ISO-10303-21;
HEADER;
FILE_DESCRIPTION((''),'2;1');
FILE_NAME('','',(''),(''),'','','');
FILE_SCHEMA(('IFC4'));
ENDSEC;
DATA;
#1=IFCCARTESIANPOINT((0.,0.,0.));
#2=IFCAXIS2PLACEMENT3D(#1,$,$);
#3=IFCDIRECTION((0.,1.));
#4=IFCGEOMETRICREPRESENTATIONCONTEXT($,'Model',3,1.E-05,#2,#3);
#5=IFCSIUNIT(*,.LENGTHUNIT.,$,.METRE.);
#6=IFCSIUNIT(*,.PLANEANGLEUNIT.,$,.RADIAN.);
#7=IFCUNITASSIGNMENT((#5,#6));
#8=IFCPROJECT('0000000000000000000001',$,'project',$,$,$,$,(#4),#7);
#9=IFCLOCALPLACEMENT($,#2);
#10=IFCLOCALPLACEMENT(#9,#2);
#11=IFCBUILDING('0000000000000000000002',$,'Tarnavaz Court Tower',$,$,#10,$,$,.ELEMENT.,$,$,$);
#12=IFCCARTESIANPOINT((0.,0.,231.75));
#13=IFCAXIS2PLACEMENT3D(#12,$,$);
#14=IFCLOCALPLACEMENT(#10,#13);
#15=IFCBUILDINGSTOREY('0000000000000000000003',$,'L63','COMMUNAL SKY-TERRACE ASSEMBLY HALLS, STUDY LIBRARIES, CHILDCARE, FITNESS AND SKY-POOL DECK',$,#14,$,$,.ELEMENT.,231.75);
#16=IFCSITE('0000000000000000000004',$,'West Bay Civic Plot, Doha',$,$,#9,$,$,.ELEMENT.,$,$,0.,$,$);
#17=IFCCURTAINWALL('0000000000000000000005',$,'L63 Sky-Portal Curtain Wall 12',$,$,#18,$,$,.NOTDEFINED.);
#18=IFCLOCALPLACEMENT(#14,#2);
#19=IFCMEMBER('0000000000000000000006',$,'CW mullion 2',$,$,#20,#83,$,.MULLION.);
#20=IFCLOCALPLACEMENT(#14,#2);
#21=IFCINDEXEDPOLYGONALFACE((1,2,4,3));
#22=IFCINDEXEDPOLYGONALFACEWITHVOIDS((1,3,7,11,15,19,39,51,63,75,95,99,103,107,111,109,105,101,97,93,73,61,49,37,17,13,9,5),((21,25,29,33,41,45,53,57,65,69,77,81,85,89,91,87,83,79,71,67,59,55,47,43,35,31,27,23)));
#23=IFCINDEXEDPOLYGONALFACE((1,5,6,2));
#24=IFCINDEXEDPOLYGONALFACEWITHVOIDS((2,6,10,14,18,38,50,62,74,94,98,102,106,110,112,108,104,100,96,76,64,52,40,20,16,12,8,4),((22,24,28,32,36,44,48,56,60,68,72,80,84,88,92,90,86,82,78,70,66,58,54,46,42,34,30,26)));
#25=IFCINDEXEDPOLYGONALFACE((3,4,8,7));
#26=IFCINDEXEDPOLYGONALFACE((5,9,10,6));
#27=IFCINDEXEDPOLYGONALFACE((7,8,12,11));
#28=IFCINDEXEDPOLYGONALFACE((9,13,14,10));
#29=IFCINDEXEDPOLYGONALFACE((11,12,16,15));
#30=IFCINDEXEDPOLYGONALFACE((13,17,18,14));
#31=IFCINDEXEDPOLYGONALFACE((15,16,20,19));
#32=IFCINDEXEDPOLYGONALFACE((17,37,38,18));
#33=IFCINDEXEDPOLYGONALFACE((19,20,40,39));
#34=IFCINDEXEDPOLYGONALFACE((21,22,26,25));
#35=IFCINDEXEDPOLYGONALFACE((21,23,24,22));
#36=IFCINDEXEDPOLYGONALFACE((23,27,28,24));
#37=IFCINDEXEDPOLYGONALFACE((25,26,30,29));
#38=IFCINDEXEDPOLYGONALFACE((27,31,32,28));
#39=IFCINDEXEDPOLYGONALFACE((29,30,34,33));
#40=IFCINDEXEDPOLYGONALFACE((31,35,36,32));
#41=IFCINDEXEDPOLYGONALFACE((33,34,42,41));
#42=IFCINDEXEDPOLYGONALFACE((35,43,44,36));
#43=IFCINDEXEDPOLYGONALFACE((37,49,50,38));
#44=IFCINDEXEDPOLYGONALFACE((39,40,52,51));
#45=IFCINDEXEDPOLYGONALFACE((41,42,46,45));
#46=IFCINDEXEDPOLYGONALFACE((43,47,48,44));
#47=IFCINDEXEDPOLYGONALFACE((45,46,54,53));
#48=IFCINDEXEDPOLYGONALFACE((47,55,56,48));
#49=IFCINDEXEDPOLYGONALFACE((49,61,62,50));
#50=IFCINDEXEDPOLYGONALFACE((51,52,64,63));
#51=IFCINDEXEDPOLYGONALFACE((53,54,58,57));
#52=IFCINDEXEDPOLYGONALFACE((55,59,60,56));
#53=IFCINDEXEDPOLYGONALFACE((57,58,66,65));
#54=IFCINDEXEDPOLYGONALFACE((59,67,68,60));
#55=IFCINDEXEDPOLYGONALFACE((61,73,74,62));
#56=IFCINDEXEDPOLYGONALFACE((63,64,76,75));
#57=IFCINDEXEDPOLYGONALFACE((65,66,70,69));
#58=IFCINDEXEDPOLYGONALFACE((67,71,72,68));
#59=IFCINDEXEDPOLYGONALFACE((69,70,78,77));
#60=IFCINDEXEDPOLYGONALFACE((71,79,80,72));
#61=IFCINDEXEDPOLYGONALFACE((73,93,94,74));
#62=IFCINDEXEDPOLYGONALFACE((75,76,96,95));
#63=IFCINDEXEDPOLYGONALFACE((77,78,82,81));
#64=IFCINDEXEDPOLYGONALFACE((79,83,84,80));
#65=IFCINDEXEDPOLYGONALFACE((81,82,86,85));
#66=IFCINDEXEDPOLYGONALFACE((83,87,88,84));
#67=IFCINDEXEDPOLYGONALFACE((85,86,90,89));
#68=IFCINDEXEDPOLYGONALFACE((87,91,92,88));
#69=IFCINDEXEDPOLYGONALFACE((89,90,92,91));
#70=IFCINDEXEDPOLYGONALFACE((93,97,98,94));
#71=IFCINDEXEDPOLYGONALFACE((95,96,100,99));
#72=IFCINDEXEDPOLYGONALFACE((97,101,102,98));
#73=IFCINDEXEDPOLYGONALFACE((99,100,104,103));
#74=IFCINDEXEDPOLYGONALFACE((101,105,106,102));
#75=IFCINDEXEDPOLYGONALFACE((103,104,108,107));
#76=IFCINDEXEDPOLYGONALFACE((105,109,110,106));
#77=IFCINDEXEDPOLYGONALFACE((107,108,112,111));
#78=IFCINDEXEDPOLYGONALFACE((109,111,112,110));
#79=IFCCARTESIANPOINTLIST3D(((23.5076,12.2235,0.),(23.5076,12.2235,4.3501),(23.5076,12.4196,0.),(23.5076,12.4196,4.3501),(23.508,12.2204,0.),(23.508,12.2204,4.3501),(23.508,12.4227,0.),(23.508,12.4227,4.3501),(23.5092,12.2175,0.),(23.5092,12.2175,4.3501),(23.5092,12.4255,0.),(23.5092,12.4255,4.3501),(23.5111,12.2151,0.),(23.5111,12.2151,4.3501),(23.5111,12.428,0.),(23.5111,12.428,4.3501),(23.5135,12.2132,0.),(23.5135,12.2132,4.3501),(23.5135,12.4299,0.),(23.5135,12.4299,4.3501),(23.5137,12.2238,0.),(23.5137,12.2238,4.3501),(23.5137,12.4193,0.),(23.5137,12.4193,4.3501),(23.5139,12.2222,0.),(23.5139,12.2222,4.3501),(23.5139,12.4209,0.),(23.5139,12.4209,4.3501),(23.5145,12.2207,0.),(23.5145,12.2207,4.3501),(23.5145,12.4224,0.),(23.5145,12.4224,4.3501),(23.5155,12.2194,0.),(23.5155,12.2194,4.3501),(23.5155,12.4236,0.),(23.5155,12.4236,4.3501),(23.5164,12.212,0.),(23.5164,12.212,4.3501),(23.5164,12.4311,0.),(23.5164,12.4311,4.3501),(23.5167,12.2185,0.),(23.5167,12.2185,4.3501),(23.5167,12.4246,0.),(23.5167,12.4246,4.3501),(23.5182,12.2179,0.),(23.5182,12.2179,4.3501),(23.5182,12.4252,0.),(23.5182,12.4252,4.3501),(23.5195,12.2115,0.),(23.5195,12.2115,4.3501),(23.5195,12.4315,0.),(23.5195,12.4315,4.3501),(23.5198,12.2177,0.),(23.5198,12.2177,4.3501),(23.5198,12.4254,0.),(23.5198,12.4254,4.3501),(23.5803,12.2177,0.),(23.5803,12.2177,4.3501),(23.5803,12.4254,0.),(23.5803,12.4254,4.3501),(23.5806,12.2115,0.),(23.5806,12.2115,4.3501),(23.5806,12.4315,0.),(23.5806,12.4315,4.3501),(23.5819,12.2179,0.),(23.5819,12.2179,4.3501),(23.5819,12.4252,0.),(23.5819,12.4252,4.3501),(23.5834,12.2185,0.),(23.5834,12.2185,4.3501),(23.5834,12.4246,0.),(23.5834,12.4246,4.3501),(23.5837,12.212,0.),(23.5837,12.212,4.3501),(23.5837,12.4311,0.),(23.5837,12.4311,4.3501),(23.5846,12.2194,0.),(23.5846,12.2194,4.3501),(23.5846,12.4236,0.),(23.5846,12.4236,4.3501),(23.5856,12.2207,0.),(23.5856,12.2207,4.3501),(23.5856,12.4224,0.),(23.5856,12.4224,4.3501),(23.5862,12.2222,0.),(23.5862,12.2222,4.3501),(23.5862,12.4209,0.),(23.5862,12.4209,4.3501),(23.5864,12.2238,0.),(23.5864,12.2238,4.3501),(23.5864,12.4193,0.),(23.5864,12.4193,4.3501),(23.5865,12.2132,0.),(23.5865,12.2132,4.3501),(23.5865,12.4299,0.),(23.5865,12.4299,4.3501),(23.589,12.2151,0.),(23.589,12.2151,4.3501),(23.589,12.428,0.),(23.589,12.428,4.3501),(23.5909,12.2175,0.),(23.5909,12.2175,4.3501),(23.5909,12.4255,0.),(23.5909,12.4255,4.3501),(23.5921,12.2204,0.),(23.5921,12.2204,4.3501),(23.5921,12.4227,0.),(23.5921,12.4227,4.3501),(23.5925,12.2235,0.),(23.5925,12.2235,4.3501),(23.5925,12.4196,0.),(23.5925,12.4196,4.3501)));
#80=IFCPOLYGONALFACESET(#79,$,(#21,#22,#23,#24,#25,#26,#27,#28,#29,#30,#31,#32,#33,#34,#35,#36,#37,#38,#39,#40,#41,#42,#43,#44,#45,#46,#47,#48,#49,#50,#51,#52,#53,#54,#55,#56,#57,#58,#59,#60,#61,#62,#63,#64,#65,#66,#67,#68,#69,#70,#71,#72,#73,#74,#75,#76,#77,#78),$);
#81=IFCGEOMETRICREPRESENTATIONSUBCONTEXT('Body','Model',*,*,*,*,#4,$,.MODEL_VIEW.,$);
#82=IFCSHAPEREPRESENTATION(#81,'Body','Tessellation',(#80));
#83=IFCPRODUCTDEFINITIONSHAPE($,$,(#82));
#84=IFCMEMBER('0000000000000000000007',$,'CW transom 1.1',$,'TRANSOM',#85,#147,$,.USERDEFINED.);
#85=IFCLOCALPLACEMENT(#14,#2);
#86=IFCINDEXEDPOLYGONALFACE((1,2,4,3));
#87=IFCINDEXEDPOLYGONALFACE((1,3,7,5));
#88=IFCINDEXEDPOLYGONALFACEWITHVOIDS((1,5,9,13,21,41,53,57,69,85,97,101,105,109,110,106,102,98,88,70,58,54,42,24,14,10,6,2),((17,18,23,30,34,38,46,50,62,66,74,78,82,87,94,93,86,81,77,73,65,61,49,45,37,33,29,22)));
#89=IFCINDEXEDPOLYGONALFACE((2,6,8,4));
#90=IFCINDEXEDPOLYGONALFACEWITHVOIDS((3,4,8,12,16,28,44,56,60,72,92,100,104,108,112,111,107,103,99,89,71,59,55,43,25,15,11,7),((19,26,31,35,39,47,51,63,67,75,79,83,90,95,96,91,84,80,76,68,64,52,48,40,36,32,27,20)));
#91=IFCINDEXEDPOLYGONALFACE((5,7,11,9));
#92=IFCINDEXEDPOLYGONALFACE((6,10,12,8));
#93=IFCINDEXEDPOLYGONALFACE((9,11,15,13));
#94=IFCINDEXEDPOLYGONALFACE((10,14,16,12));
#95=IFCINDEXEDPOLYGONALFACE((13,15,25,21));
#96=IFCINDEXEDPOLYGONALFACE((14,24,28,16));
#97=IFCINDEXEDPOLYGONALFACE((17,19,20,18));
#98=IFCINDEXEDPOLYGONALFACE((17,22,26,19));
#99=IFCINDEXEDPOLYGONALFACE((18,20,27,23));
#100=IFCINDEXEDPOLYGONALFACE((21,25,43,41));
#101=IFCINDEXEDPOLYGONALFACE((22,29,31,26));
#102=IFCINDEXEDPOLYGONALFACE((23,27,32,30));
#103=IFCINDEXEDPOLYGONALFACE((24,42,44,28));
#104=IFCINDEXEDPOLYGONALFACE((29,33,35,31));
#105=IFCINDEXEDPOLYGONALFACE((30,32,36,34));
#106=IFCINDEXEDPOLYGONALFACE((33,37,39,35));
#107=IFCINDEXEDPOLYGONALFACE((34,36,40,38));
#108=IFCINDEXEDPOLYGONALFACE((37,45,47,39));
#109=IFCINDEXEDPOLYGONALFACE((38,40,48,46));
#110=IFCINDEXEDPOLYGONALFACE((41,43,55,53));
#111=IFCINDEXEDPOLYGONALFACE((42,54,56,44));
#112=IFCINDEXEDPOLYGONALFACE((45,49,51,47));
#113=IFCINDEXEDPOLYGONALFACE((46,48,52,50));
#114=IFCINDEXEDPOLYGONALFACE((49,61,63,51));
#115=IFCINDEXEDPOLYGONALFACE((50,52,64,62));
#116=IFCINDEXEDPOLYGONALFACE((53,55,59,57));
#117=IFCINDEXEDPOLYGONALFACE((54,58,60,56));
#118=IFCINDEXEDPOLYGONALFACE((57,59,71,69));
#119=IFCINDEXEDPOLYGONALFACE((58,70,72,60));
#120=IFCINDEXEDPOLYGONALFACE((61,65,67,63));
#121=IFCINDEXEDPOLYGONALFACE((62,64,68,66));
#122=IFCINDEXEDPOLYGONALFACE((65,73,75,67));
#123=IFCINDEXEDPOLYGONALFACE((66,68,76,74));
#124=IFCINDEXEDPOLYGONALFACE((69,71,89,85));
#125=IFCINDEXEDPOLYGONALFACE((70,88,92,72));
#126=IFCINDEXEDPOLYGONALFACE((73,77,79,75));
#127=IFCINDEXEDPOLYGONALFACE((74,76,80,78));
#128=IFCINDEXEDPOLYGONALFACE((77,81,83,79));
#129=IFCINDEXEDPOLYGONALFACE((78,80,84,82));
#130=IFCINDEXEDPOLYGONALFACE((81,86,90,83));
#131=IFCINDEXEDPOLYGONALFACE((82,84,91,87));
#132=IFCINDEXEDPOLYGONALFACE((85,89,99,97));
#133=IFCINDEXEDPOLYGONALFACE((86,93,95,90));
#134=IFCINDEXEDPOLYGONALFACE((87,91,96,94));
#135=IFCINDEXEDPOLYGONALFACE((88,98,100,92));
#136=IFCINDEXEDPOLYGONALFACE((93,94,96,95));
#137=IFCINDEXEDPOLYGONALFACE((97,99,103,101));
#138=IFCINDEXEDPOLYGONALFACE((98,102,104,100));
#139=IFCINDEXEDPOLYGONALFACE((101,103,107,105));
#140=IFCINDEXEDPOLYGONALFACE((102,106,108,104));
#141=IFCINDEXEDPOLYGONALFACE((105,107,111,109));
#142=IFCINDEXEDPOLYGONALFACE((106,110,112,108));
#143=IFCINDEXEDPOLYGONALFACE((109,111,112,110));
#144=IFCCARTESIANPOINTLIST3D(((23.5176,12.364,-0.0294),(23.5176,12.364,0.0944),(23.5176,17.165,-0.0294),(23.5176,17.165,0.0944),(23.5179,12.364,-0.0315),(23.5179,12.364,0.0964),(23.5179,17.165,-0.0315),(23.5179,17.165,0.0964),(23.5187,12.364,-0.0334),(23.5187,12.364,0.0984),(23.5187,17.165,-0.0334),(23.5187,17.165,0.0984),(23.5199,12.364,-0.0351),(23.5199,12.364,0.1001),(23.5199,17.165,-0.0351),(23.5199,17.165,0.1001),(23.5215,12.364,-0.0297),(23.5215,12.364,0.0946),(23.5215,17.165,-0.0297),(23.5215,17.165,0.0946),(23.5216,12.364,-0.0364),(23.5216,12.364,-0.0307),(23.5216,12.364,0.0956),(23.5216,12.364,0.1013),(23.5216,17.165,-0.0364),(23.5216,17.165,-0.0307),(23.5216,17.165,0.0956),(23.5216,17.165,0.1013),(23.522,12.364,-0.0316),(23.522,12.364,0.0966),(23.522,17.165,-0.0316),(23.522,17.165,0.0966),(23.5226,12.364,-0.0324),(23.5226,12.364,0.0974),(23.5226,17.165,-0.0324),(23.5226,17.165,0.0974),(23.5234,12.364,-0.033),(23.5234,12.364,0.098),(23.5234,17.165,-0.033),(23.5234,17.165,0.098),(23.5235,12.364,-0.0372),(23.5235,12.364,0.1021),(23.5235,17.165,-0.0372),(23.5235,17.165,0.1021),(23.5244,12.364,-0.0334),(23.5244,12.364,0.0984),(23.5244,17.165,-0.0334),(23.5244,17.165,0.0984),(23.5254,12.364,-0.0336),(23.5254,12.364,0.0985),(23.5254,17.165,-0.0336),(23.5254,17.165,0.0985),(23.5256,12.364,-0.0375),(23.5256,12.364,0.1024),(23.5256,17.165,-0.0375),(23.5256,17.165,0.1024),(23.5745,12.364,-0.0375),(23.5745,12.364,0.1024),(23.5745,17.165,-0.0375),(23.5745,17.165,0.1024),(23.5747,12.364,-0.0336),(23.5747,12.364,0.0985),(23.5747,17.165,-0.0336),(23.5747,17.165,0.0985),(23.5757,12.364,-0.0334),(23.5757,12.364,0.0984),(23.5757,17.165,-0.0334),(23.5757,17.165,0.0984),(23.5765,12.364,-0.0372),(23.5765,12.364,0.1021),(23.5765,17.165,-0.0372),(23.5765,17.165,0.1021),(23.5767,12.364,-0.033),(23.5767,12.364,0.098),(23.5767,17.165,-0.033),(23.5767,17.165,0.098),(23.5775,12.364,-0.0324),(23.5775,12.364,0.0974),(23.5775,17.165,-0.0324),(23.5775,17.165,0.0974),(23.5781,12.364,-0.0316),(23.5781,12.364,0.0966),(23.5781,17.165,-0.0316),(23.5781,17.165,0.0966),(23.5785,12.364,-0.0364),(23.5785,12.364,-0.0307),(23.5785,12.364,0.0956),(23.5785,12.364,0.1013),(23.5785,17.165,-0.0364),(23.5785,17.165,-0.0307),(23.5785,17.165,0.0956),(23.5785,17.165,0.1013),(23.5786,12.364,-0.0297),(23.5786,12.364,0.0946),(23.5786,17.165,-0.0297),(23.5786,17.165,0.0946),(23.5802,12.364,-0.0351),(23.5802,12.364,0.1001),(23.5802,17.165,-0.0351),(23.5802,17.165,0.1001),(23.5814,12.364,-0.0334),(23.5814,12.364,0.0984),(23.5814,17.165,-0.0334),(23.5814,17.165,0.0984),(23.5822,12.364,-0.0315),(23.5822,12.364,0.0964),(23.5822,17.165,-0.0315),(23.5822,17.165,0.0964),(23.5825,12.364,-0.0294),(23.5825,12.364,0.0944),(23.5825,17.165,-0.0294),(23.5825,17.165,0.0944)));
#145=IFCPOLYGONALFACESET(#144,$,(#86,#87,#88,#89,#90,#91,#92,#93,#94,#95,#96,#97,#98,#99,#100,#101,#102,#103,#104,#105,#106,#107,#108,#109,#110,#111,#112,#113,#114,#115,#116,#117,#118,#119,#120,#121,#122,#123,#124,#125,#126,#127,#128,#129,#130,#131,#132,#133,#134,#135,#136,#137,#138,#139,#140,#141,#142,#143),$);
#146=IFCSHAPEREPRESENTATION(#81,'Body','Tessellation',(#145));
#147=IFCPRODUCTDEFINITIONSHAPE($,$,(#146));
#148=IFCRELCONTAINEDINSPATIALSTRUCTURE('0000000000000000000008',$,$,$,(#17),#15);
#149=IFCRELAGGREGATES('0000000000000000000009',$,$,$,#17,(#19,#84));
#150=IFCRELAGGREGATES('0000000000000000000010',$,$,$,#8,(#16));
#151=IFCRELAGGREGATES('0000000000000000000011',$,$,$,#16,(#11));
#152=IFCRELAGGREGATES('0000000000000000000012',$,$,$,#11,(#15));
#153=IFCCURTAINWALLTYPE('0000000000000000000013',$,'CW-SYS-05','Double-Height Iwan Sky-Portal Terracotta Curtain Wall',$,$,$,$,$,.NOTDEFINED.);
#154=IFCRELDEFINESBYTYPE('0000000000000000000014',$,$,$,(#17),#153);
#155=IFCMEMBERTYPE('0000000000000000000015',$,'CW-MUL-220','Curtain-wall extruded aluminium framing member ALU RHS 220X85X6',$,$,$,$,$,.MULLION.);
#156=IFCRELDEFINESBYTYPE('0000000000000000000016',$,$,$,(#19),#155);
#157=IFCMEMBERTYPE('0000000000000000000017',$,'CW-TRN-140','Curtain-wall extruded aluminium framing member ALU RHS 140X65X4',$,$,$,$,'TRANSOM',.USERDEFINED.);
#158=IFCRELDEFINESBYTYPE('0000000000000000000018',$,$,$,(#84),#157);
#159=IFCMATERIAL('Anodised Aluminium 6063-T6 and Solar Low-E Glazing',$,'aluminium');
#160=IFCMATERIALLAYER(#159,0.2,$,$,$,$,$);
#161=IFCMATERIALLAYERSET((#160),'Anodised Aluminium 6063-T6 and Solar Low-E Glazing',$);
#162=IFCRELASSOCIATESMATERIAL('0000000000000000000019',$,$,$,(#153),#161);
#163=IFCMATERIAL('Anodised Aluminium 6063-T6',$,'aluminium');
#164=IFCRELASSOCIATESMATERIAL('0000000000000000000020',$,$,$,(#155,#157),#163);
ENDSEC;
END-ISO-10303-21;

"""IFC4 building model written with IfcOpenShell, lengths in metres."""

from ifc_helpers import new_model, si_unit, direction, frame, origin, origin_2d, place, context, subcontext, project, spatial, hollow_rectangle, extrude, material, layer, layer_set, material_profile, profile_set, type_object, element, aggregate, save


model = new_model("IFC4")

# Units and contexts
model_context = context("Model", 3, precision=1e-05, world=origin(), true_north=direction((0.0, 1.0)))
body_context = subcontext(model_context, "Body", "Model", "MODEL_VIEW")
ifc_project = project(units=[si_unit("LENGTHUNIT", "METRE"), si_unit("PLANEANGLEUNIT", "RADIAN")], contexts=[model_context])

# Site, building, storey
site_placement = place(None, origin())
site = spatial("IfcSite", under=ifc_project, at=site_placement, Name="West Bay Civic Plot, Doha", CompositionType="ELEMENT", RefElevation=0.0)
building_placement = place(site_placement, origin())
building = spatial("IfcBuilding", under=site, at=building_placement, Name="Tarnavaz Court Tower", CompositionType="ELEMENT")
storey_placement = place(building_placement, frame((0.0, 0.0, 231.75)))
storey = spatial("IfcBuildingStorey", under=building, at=storey_placement, Name="L63", Description="COMMUNAL SKY-TERRACE ASSEMBLY HALLS, STUDY LIBRARIES, CHILDCARE, FITNESS AND SKY-POOL DECK", CompositionType="ELEMENT", Elevation=231.75)

# Curtain wall, members
ifc_material_1 = material(Name="Anodised Aluminium 6063-T6 and Solar Low-E Glazing", Category="aluminium")
ifc_layer_1 = layer(ifc_material_1, 0.2)
ifc_layer_set_1 = layer_set([ifc_layer_1], Name="Anodised Aluminium 6063-T6 and Solar Low-E Glazing")
curtain_wall_type = type_object("IfcCurtainWallType", Name="CW-SYS-05", Description="Double-Height Iwan Sky-Portal Terracotta Curtain Wall", PredefinedType="NOTDEFINED", material=ifc_layer_set_1)
curtain_wall_placement = place(storey_placement, origin())
curtain_wall = element("IfcCurtainWall", 1, at=curtain_wall_placement, inside=storey, type_object=curtain_wall_type, Name="L63 Sky-Portal Curtain Wall 12", PredefinedType="NOTDEFINED")
ifc_material_2 = material(Name="Anodised Aluminium 6063-T6", Category="aluminium")
ifc_material_profile_1 = material_profile(ifc_material_2, hollow_rectangle(XDim=0.085, YDim=0.22, WallThickness=0.0061, InnerFilletRadius=0.0061, OuterFilletRadius=0.012, at=origin_2d()), Name="ALU RHS 220X85X6")
ifc_profile_set_1 = profile_set([ifc_material_profile_1], Name="Anodised Aluminium 6063-T6")
member_type_1 = type_object("IfcMemberType", Name="CW-MUL-220", Description="Curtain-wall extruded aluminium framing member ALU RHS 220X85X6", PredefinedType="MULLION", material=ifc_profile_set_1)
member_1_placement = place(storey_placement, frame((23.55, 12.3215, 0.0), z_axis=(0.0, 0.0, 1.0), x_axis=(1.0, 0.0, 0.0)))
member_1 = element("IfcMember", 2, at=member_1_placement, type_object=member_type_1, Name="CW mullion 2", PredefinedType="MULLION", context=body_context, shape_type="SweptSolid", body=[
    extrude(hollow_rectangle(XDim=0.085, YDim=0.22, WallThickness=0.0061, InnerFilletRadius=0.0061, OuterFilletRadius=0.012, at=origin_2d()), origin(), (0.0, 0.0, 1.0), 4.3501),
])
ifc_material_profile_2 = material_profile(ifc_material_2, hollow_rectangle(XDim=0.0649, YDim=0.1399, WallThickness=0.0039, InnerFilletRadius=0.0039, OuterFilletRadius=0.0081, at=origin_2d()), Name="ALU RHS 140X65X4")
ifc_profile_set_2 = profile_set([ifc_material_profile_2], Name="Anodised Aluminium 6063-T6")
member_type_2 = type_object("IfcMemberType", Name="CW-TRN-140", Description="Curtain-wall extruded aluminium framing member ALU RHS 140X65X4", ElementType="TRANSOM", PredefinedType="USERDEFINED", material=ifc_profile_set_2)
member_2_placement = place(storey_placement, frame((23.55, 17.165, 0.0325), z_axis=(0.0, -1.0, 0.0), x_axis=(1.0, 0.0, 0.0)))
member_2 = element("IfcMember", 3, at=member_2_placement, type_object=member_type_2, Name="CW transom 1.1", ObjectType="TRANSOM", PredefinedType="USERDEFINED", context=body_context, shape_type="SweptSolid", body=[
    extrude(hollow_rectangle(XDim=0.0649, YDim=0.1399, WallThickness=0.0039, InnerFilletRadius=0.0039, OuterFilletRadius=0.0081, at=origin_2d()), origin(), (0.0, 0.0, 1.0), 4.801),
])
aggregate(curtain_wall, [member_1, member_2])

save(model, "model.ifc")
